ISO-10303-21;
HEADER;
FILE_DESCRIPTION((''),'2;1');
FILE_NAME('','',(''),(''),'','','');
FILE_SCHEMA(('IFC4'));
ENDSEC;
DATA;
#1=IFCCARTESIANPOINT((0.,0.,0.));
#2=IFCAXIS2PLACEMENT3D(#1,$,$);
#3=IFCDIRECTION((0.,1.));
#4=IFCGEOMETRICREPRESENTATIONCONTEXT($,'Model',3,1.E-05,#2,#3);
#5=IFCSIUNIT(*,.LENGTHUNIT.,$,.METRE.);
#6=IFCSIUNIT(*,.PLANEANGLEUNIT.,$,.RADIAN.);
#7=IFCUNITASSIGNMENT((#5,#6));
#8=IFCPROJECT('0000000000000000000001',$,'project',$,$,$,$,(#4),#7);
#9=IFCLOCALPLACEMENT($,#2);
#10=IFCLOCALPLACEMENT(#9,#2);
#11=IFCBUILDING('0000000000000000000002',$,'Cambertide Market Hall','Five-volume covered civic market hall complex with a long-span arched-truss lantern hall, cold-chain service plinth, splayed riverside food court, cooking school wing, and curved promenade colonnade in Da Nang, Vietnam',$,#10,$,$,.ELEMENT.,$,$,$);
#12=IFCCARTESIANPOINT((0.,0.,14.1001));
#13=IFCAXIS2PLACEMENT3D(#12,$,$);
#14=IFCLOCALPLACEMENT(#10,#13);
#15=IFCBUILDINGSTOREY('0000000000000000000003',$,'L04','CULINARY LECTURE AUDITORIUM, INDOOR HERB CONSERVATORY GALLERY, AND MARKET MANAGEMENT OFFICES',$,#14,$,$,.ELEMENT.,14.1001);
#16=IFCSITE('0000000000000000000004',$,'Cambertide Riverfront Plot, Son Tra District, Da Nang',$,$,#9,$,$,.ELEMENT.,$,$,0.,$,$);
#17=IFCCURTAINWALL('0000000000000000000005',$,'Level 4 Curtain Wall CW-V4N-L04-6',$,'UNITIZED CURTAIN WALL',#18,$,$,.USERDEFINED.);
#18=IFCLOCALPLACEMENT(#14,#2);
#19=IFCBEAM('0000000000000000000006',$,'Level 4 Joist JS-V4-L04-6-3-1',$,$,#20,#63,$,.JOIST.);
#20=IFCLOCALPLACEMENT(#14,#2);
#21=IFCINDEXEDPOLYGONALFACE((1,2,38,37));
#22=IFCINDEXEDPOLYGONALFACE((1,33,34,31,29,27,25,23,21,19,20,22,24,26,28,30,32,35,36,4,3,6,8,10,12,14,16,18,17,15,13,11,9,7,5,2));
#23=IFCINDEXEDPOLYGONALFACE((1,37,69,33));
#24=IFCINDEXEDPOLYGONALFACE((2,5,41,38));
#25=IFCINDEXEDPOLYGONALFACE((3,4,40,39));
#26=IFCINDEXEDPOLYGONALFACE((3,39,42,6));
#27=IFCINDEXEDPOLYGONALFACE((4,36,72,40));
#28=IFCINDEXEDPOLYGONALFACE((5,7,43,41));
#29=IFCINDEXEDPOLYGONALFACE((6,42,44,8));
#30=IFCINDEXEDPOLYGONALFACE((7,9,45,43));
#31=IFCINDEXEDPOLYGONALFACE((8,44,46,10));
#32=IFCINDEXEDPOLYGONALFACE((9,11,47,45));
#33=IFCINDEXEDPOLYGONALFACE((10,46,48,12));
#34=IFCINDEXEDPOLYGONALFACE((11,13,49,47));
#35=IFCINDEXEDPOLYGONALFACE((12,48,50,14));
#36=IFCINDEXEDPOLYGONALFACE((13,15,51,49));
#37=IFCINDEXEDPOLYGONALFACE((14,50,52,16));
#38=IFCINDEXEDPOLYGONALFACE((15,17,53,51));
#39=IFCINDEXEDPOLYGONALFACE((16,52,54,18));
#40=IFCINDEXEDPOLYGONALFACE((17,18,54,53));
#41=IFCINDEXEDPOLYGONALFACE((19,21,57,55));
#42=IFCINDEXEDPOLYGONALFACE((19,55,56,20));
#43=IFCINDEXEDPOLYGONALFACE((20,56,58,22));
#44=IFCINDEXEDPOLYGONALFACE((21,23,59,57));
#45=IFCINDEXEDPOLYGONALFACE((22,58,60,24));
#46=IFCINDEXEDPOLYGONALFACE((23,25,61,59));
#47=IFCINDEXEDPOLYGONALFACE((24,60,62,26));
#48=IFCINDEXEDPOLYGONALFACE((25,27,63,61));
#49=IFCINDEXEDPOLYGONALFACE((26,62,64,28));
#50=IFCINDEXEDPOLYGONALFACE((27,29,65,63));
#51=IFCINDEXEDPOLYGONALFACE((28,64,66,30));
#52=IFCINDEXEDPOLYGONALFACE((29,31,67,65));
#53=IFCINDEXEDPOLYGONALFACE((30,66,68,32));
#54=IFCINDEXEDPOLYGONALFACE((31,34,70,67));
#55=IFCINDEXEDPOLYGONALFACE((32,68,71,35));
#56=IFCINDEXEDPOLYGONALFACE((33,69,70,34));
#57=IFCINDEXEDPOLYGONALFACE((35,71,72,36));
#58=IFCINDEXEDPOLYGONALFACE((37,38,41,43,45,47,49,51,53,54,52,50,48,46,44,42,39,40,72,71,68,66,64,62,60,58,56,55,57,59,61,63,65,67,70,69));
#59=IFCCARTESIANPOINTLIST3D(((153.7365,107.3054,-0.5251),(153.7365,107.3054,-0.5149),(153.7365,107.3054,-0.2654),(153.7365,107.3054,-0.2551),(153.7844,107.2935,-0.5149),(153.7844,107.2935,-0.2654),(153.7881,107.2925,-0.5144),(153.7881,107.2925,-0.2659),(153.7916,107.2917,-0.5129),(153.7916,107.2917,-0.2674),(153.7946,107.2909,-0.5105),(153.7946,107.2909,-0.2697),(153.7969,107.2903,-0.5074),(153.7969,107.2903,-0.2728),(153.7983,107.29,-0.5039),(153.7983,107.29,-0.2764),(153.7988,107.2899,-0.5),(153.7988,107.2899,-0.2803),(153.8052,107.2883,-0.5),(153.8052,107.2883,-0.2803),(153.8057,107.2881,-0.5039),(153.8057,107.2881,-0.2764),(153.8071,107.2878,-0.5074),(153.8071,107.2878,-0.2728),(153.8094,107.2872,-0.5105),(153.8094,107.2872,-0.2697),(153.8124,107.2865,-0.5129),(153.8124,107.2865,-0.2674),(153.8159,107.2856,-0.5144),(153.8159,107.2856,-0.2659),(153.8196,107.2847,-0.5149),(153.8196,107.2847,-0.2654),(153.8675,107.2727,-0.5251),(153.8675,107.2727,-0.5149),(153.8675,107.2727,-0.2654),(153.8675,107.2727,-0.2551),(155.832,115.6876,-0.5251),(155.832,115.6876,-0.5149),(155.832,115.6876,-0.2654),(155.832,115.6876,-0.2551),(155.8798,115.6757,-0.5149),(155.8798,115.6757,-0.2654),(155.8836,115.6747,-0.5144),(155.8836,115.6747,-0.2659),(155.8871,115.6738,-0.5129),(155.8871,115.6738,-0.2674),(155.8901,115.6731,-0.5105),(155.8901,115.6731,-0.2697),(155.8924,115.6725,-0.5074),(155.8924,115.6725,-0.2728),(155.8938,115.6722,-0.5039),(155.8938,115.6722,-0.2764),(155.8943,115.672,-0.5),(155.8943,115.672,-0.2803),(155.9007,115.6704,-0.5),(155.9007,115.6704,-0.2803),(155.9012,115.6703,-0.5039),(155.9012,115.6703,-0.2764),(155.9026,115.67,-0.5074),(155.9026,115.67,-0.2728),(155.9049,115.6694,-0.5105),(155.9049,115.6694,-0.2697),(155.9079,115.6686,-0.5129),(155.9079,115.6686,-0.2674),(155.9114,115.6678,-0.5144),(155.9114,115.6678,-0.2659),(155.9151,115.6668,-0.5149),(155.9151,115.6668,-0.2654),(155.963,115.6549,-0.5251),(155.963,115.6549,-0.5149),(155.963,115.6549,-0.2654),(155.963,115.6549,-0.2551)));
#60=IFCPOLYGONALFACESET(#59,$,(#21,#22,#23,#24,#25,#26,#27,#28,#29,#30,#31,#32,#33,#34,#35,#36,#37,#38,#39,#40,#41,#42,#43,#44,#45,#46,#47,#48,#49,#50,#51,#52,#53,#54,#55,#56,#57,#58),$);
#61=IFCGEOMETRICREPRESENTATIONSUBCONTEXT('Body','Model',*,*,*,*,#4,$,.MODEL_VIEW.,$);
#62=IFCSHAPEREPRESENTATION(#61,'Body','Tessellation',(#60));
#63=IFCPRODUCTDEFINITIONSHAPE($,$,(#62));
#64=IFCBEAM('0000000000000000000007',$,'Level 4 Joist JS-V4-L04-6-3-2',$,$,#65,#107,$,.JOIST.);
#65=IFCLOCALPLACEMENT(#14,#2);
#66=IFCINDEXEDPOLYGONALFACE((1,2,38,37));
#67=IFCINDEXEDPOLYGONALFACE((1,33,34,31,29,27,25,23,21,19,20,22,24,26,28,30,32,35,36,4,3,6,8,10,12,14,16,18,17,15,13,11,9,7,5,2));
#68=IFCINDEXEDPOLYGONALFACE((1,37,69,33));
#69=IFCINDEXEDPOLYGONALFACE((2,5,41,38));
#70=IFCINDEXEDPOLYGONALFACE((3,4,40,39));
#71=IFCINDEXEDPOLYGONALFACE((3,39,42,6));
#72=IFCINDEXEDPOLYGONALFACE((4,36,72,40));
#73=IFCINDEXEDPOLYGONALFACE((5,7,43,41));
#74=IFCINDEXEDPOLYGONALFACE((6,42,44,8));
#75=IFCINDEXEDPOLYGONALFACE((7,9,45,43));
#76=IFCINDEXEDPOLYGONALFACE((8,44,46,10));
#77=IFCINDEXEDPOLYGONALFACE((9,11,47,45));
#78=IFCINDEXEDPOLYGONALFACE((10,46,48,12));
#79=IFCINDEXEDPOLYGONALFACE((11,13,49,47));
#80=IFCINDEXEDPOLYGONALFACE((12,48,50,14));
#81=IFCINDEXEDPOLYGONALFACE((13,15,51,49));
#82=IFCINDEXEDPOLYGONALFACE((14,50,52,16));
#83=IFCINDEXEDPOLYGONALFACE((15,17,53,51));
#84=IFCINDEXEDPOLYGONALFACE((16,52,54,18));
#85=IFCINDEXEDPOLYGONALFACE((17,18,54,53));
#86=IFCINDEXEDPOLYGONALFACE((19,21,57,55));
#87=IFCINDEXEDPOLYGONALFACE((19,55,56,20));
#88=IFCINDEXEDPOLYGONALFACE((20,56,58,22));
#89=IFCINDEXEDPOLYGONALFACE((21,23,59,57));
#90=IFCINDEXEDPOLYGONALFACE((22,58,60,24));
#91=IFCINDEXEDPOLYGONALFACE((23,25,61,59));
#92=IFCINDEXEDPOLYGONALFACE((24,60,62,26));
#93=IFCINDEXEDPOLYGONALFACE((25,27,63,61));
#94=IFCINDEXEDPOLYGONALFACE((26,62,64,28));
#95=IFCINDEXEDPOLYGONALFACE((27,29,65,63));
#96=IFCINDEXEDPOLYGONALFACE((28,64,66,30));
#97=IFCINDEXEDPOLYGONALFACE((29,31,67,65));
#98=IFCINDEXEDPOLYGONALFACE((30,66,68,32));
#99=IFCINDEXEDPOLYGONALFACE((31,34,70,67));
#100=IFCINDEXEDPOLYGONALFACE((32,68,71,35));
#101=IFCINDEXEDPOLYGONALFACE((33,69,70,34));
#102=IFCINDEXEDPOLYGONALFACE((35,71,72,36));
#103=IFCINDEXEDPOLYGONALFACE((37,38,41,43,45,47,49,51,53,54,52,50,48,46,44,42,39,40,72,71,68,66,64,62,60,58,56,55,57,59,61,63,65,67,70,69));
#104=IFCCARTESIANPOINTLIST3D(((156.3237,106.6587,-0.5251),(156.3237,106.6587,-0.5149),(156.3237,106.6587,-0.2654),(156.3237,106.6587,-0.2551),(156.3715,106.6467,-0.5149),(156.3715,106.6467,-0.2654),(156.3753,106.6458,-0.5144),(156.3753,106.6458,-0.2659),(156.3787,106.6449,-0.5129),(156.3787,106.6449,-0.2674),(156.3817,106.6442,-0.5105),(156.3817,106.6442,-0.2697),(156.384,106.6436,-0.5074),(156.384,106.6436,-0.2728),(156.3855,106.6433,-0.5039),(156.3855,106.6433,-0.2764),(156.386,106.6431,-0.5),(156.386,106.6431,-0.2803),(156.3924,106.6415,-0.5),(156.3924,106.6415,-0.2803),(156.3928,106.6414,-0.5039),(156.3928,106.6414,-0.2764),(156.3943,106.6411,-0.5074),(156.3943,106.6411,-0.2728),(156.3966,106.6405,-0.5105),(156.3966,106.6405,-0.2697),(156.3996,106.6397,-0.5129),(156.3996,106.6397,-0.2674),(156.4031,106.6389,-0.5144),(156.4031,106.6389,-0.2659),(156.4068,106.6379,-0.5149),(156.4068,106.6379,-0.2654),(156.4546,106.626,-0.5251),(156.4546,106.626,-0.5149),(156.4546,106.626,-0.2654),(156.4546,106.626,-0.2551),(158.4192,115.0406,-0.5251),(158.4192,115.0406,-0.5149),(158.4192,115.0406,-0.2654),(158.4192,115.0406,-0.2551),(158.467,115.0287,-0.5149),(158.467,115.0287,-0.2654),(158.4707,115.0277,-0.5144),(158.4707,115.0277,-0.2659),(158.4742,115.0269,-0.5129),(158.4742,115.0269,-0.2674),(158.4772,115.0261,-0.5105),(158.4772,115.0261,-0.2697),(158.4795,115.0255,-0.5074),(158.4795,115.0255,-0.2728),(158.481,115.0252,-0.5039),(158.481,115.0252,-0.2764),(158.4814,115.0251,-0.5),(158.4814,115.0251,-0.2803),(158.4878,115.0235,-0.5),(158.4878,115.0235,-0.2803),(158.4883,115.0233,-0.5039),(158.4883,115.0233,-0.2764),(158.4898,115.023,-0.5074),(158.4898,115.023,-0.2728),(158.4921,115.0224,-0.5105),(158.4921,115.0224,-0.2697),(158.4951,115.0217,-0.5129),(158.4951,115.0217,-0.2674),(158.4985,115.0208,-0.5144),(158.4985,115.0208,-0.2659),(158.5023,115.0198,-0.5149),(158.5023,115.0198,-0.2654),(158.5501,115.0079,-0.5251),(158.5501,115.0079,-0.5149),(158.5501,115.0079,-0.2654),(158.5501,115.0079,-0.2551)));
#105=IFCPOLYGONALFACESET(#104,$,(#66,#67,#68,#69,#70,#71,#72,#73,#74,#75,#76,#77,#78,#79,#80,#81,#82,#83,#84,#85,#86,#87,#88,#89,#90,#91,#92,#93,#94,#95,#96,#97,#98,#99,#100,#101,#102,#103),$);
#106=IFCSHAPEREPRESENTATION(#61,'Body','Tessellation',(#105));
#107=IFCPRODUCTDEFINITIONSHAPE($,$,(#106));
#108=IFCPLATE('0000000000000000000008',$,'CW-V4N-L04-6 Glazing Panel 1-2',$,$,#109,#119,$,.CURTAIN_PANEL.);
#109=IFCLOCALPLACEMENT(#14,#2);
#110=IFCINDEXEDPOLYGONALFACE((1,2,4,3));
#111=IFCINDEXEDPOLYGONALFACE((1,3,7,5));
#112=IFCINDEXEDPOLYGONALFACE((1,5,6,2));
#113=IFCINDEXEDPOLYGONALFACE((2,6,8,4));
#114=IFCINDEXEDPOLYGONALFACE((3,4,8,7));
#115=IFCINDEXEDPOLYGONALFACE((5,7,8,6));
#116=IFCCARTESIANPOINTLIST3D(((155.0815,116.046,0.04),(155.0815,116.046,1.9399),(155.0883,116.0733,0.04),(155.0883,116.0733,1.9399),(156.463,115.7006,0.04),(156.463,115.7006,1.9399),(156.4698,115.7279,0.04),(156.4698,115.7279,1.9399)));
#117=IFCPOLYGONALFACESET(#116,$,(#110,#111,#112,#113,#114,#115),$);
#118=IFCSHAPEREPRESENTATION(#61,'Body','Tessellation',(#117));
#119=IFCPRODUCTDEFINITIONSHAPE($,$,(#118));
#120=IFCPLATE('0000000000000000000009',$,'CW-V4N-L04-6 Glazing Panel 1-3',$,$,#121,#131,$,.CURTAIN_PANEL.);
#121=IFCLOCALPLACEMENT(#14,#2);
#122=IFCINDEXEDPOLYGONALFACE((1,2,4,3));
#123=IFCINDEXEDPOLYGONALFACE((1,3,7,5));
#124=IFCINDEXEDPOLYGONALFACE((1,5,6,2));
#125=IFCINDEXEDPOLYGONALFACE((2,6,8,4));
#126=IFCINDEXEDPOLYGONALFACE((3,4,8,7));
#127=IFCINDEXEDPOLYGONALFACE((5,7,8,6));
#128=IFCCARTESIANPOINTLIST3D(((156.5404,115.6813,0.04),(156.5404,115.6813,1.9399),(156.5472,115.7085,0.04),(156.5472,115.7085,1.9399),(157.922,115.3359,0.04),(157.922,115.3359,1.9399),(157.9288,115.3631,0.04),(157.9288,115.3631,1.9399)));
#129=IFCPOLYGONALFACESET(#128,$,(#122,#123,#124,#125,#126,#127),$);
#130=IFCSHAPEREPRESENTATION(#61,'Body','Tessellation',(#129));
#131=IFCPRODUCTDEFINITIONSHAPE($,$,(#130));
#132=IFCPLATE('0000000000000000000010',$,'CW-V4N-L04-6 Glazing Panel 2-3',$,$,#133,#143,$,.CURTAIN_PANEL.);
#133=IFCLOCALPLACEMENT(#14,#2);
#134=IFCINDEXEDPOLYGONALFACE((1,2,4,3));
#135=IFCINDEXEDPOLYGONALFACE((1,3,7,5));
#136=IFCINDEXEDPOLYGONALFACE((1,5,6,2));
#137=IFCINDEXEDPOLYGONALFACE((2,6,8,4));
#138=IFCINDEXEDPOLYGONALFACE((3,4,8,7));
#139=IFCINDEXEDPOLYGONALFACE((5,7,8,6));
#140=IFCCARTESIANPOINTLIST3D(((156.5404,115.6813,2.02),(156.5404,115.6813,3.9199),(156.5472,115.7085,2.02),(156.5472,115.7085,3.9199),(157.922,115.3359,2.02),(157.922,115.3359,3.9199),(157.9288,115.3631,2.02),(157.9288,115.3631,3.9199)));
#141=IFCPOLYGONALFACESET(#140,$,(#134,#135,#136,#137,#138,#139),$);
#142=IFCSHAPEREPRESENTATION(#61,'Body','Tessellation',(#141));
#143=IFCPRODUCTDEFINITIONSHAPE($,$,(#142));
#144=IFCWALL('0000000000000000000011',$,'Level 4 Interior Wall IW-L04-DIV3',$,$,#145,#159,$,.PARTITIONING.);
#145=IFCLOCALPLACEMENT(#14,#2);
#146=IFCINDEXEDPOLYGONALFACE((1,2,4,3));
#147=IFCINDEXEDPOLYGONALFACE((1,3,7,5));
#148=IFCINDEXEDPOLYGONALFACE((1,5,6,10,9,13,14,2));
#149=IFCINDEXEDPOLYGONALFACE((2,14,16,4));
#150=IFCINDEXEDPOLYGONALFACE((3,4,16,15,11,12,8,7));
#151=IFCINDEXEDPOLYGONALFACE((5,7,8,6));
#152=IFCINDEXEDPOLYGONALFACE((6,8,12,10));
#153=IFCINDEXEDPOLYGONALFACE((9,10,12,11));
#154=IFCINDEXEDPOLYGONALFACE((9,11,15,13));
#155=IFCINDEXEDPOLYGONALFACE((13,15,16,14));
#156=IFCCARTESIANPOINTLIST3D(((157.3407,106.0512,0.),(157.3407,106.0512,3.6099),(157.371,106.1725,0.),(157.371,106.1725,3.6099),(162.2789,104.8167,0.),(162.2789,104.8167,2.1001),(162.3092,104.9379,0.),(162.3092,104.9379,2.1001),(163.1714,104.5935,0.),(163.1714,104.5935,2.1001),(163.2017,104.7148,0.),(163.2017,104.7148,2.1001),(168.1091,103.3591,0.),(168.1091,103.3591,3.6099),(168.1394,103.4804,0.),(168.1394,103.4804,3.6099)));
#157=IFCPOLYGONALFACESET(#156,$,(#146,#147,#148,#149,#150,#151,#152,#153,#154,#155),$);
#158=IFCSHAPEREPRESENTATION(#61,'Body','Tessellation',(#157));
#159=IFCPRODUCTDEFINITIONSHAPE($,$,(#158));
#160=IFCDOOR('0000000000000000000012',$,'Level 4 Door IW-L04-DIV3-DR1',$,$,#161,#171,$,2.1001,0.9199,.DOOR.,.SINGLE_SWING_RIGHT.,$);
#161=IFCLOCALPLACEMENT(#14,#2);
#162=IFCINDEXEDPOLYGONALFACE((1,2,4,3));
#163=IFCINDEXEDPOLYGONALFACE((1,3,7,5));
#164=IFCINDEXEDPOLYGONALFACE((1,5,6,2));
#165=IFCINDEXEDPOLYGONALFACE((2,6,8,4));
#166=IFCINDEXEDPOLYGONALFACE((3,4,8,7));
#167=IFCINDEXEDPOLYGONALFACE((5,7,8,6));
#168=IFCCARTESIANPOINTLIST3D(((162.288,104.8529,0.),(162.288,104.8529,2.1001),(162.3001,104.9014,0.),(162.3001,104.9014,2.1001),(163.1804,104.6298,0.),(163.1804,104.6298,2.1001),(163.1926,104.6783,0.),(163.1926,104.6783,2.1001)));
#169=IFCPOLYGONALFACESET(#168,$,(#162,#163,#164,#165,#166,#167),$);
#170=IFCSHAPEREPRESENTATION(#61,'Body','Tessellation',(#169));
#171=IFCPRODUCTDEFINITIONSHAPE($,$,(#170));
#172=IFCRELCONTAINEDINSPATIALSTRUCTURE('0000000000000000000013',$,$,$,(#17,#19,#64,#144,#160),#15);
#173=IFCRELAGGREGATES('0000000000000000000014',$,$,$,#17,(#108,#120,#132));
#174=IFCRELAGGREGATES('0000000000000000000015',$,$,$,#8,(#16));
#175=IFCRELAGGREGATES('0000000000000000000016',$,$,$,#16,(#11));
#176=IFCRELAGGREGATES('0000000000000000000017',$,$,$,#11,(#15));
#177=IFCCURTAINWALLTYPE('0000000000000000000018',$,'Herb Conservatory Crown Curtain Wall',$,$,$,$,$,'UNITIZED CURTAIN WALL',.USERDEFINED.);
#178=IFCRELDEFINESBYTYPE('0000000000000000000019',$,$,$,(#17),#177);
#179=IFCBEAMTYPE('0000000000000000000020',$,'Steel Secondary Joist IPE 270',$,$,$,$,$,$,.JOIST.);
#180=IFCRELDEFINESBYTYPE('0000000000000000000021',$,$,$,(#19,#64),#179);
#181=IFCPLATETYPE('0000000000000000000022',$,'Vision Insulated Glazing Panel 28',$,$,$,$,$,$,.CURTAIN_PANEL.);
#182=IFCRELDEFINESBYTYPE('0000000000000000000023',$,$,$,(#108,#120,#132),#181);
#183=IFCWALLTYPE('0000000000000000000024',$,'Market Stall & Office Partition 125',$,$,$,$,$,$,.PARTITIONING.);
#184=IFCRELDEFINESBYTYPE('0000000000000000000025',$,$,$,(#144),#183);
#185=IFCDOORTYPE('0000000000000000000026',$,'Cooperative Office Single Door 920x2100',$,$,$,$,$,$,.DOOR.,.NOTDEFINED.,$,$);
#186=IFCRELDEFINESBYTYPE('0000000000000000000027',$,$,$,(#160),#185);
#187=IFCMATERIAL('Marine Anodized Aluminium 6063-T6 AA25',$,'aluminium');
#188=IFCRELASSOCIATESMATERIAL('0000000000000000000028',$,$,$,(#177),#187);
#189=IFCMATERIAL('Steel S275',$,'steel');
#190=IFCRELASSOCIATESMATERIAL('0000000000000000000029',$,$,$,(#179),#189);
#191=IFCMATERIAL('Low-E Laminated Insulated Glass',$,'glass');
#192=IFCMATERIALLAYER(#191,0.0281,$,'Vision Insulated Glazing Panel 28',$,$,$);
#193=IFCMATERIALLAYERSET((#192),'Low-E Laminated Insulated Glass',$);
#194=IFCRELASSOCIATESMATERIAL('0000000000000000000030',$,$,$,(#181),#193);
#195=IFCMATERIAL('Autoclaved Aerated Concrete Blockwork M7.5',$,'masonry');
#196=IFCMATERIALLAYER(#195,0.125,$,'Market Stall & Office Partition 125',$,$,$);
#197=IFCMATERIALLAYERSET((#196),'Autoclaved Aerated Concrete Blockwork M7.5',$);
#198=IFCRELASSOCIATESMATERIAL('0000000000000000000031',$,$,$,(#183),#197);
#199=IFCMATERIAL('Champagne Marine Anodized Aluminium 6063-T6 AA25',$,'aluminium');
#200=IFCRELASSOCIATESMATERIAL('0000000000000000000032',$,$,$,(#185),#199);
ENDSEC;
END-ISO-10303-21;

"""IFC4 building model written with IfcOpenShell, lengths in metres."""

from ifc_helpers import new_model, si_unit, direction, frame, frame_2d, origin, origin_2d, place, context, subcontext, project, spatial, rectangle, i_section, extrude, material, layer, layer_set, material_profile, profile_set, type_object, element, fill, aggregate, save


model = new_model("IFC4")

# Units and contexts
model_context = context("Model", 3, precision=1e-05, world=origin(), true_north=direction((0.0, 1.0)))
body_context = subcontext(model_context, "Body", "Model", "MODEL_VIEW")
ifc_project = project(units=[si_unit("LENGTHUNIT", "METRE"), si_unit("PLANEANGLEUNIT", "RADIAN")], contexts=[model_context])

# Site, building, storey
site_placement = place(None, origin())
site = spatial("IfcSite", under=ifc_project, at=site_placement, Name="Cambertide Riverfront Plot, Son Tra District, Da Nang", CompositionType="ELEMENT", RefElevation=0.0)
building_placement = place(site_placement, origin())
building = spatial("IfcBuilding", under=site, at=building_placement, Name="Cambertide Market Hall", Description="Five-volume covered civic market hall complex with a long-span arched-truss lantern hall, cold-chain service plinth, splayed riverside food court, cooking school wing, and curved promenade colonnade in Da Nang, Vietnam", CompositionType="ELEMENT")
storey_placement = place(building_placement, frame((0.0, 0.0, 14.1001)))
storey = spatial("IfcBuildingStorey", under=building, at=storey_placement, Name="L04", Description="CULINARY LECTURE AUDITORIUM, INDOOR HERB CONSERVATORY GALLERY, AND MARKET MANAGEMENT OFFICES", CompositionType="ELEMENT", Elevation=14.1001)

# Curtain wall
ifc_material_1 = material(Name="Marine Anodized Aluminium 6063-T6 AA25", Category="aluminium")
curtain_wall_type = type_object("IfcCurtainWallType", Name="Herb Conservatory Crown Curtain Wall", ElementType="UNITIZED CURTAIN WALL", PredefinedType="USERDEFINED", material=ifc_material_1)
curtain_wall_placement = place(storey_placement, origin())
curtain_wall = element("IfcCurtainWall", 1, at=curtain_wall_placement, inside=storey, type_object=curtain_wall_type, Name="Level 4 Curtain Wall CW-V4N-L04-6", ObjectType="UNITIZED CURTAIN WALL", PredefinedType="USERDEFINED")

# Beams
ifc_material_2 = material(Name="Steel S275", Category="steel")
ifc_material_profile_1 = material_profile(ifc_material_2, i_section(OverallWidth=0.135, OverallDepth=0.27, WebThickness=0.0066, FlangeThickness=0.0103, FilletRadius=0.0149, at=origin_2d()), Name="IPE 270")
ifc_profile_set_1 = profile_set([ifc_material_profile_1], Name="Steel S275")
beam_type_1 = type_object("IfcBeamType", Name="Steel Secondary Joist IPE 270", PredefinedType="JOIST", material=ifc_profile_set_1)
beam_1_placement = place(storey_placement, frame((153.802, 107.2891, -0.3901), z_axis=(0.242529, 0.970144, 0.0), x_axis=(-0.970144, 0.242529, 0.0)))
element("IfcBeam", 2, at=beam_1_placement, inside=storey, type_object=beam_type_1, Name="Level 4 Joist JS-V4-L04-6-3-1", PredefinedType="JOIST", context=body_context, shape_type="SweptSolid", body=[
    extrude(i_section(OverallWidth=0.135, OverallDepth=0.27, WebThickness=0.0066, FlangeThickness=0.0103, FilletRadius=0.0149, at=origin_2d()), origin(), (0.0, 0.0, 1.0), 8.6401),
])
beam_2_placement = place(storey_placement, frame((156.3892, 106.6423, -0.3901), z_axis=(0.242536, 0.970143, 0.0), x_axis=(-0.970143, 0.242536, 0.0)))
element("IfcBeam", 3, at=beam_2_placement, inside=storey, type_object=beam_type_1, Name="Level 4 Joist JS-V4-L04-6-3-2", PredefinedType="JOIST", context=body_context, shape_type="SweptSolid", body=[
    extrude(i_section(OverallWidth=0.135, OverallDepth=0.27, WebThickness=0.0066, FlangeThickness=0.0103, FilletRadius=0.0149, at=origin_2d()), origin(), (0.0, 0.0, 1.0), 8.6399),
])

# Plates
ifc_material_3 = material(Name="Low-E Laminated Insulated Glass", Category="glass")
ifc_layer_1 = layer(ifc_material_3, 0.0281, Name="Vision Insulated Glazing Panel 28")
ifc_layer_set_1 = layer_set([ifc_layer_1], Name="Low-E Laminated Insulated Glass")
plate_type = type_object("IfcPlateType", Name="Vision Insulated Glazing Panel 28", PredefinedType="CURTAIN_PANEL", material=ifc_layer_set_1)
plate_1_placement = place(storey_placement, frame((155.7756, 115.887, 0.04), z_axis=(0.0, 0.0, 1.0), x_axis=(0.970143, -0.242536, 0.0)))
plate_1 = element("IfcPlate", 4, at=plate_1_placement, type_object=plate_type, Name="CW-V4N-L04-6 Glazing Panel 1-2", PredefinedType="CURTAIN_PANEL", context=body_context, shape_type="SweptSolid", body=[
    extrude(rectangle(XDim=1.4241, YDim=0.0281, at=origin_2d()), origin(), (0.0, 0.0, 1.0), 1.8999),
])
plate_2_placement = place(storey_placement, frame((157.2346, 115.5222, 0.04), z_axis=(0.0, 0.0, 1.0), x_axis=(0.970143, -0.242536, 0.0)))
plate_2 = element("IfcPlate", 5, at=plate_2_placement, type_object=plate_type, Name="CW-V4N-L04-6 Glazing Panel 1-3", PredefinedType="CURTAIN_PANEL", context=body_context, shape_type="SweptSolid", body=[
    extrude(rectangle(XDim=1.4241, YDim=0.0281, at=origin_2d()), origin(), (0.0, 0.0, 1.0), 1.8999),
])
plate_3_placement = place(storey_placement, frame((157.2346, 115.5222, 2.02), z_axis=(0.0, 0.0, 1.0), x_axis=(0.970143, -0.242536, 0.0)))
plate_3 = element("IfcPlate", 6, at=plate_3_placement, type_object=plate_type, Name="CW-V4N-L04-6 Glazing Panel 2-3", PredefinedType="CURTAIN_PANEL", context=body_context, shape_type="SweptSolid", body=[
    extrude(rectangle(XDim=1.4241, YDim=0.0281, at=origin_2d()), origin(), (0.0, 0.0, 1.0), 1.8999),
])
aggregate(curtain_wall, [plate_1, plate_2, plate_3])

# Wall, opening, door
ifc_material_4 = material(Name="Autoclaved Aerated Concrete Blockwork M7.5", Category="masonry")
ifc_layer_2 = layer(ifc_material_4, 0.125, Name="Market Stall & Office Partition 125")
ifc_layer_set_2 = layer_set([ifc_layer_2], Name="Autoclaved Aerated Concrete Blockwork M7.5")
wall_type = type_object("IfcWallType", Name="Market Stall & Office Partition 125", PredefinedType="PARTITIONING", material=ifc_layer_set_2)
wall_placement = place(storey_placement, frame((157.356, 106.1118, 0.0), z_axis=(0.0, 0.0, 1.0), x_axis=(0.970143, -0.242536, 0.0)))
wall = element("IfcWall", 7, at=wall_placement, inside=storey, type_object=wall_type, Name="Level 4 Interior Wall IW-L04-DIV3", PredefinedType="PARTITIONING", context=body_context, shape_type="SweptSolid", body=[
    extrude(rectangle(XDim=11.0999, YDim=0.125, at=frame_2d((5.5498, 0.0))), origin(), (0.0, 0.0, 1.0), 3.6099),
])
opening_placement = place(wall_placement, frame((5.0901, 0.0, 0.0)))
opening = element("IfcOpeningElement", 8, at=opening_placement, cuts=wall, PredefinedType="OPENING", context=body_context, shape_type="SweptSolid", body=[
    extrude(rectangle(XDim=0.9199, YDim=2.1001, at=frame_2d((0.46, 1.05))), frame((0.0, 0.0725, 0.0), z_axis=(0.0, -1.0, 0.0), x_axis=(1.0, 0.0, 0.0)), (0.0, 0.0, 1.0), 0.145),
])
ifc_material_5 = material(Name="Champagne Marine Anodized Aluminium 6063-T6 AA25", Category="aluminium")
door_type = type_object("IfcDoorType", Name="Cooperative Office Single Door 920x2100", OperationType="NOTDEFINED", PredefinedType="DOOR", material=ifc_material_5)
door_placement = place(opening_placement, origin())
door = element("IfcDoor", 9, at=door_placement, inside=storey, type_object=door_type, Name="Level 4 Door IW-L04-DIV3-DR1", OperationType="SINGLE_SWING_RIGHT", OverallHeight=2.1001, OverallWidth=0.9199, PredefinedType="DOOR", context=body_context, shape_type="SweptSolid", body=[
    extrude(rectangle(XDim=0.9199, YDim=2.1001, at=frame_2d((0.46, 1.05))), frame((0.0, 0.0249, 0.0), z_axis=(0.0, -1.0, 0.0), x_axis=(1.0, 0.0, 0.0)), (0.0, 0.0, 1.0), 0.05),
])
fill(opening, door)

save(model, "model.ifc")
